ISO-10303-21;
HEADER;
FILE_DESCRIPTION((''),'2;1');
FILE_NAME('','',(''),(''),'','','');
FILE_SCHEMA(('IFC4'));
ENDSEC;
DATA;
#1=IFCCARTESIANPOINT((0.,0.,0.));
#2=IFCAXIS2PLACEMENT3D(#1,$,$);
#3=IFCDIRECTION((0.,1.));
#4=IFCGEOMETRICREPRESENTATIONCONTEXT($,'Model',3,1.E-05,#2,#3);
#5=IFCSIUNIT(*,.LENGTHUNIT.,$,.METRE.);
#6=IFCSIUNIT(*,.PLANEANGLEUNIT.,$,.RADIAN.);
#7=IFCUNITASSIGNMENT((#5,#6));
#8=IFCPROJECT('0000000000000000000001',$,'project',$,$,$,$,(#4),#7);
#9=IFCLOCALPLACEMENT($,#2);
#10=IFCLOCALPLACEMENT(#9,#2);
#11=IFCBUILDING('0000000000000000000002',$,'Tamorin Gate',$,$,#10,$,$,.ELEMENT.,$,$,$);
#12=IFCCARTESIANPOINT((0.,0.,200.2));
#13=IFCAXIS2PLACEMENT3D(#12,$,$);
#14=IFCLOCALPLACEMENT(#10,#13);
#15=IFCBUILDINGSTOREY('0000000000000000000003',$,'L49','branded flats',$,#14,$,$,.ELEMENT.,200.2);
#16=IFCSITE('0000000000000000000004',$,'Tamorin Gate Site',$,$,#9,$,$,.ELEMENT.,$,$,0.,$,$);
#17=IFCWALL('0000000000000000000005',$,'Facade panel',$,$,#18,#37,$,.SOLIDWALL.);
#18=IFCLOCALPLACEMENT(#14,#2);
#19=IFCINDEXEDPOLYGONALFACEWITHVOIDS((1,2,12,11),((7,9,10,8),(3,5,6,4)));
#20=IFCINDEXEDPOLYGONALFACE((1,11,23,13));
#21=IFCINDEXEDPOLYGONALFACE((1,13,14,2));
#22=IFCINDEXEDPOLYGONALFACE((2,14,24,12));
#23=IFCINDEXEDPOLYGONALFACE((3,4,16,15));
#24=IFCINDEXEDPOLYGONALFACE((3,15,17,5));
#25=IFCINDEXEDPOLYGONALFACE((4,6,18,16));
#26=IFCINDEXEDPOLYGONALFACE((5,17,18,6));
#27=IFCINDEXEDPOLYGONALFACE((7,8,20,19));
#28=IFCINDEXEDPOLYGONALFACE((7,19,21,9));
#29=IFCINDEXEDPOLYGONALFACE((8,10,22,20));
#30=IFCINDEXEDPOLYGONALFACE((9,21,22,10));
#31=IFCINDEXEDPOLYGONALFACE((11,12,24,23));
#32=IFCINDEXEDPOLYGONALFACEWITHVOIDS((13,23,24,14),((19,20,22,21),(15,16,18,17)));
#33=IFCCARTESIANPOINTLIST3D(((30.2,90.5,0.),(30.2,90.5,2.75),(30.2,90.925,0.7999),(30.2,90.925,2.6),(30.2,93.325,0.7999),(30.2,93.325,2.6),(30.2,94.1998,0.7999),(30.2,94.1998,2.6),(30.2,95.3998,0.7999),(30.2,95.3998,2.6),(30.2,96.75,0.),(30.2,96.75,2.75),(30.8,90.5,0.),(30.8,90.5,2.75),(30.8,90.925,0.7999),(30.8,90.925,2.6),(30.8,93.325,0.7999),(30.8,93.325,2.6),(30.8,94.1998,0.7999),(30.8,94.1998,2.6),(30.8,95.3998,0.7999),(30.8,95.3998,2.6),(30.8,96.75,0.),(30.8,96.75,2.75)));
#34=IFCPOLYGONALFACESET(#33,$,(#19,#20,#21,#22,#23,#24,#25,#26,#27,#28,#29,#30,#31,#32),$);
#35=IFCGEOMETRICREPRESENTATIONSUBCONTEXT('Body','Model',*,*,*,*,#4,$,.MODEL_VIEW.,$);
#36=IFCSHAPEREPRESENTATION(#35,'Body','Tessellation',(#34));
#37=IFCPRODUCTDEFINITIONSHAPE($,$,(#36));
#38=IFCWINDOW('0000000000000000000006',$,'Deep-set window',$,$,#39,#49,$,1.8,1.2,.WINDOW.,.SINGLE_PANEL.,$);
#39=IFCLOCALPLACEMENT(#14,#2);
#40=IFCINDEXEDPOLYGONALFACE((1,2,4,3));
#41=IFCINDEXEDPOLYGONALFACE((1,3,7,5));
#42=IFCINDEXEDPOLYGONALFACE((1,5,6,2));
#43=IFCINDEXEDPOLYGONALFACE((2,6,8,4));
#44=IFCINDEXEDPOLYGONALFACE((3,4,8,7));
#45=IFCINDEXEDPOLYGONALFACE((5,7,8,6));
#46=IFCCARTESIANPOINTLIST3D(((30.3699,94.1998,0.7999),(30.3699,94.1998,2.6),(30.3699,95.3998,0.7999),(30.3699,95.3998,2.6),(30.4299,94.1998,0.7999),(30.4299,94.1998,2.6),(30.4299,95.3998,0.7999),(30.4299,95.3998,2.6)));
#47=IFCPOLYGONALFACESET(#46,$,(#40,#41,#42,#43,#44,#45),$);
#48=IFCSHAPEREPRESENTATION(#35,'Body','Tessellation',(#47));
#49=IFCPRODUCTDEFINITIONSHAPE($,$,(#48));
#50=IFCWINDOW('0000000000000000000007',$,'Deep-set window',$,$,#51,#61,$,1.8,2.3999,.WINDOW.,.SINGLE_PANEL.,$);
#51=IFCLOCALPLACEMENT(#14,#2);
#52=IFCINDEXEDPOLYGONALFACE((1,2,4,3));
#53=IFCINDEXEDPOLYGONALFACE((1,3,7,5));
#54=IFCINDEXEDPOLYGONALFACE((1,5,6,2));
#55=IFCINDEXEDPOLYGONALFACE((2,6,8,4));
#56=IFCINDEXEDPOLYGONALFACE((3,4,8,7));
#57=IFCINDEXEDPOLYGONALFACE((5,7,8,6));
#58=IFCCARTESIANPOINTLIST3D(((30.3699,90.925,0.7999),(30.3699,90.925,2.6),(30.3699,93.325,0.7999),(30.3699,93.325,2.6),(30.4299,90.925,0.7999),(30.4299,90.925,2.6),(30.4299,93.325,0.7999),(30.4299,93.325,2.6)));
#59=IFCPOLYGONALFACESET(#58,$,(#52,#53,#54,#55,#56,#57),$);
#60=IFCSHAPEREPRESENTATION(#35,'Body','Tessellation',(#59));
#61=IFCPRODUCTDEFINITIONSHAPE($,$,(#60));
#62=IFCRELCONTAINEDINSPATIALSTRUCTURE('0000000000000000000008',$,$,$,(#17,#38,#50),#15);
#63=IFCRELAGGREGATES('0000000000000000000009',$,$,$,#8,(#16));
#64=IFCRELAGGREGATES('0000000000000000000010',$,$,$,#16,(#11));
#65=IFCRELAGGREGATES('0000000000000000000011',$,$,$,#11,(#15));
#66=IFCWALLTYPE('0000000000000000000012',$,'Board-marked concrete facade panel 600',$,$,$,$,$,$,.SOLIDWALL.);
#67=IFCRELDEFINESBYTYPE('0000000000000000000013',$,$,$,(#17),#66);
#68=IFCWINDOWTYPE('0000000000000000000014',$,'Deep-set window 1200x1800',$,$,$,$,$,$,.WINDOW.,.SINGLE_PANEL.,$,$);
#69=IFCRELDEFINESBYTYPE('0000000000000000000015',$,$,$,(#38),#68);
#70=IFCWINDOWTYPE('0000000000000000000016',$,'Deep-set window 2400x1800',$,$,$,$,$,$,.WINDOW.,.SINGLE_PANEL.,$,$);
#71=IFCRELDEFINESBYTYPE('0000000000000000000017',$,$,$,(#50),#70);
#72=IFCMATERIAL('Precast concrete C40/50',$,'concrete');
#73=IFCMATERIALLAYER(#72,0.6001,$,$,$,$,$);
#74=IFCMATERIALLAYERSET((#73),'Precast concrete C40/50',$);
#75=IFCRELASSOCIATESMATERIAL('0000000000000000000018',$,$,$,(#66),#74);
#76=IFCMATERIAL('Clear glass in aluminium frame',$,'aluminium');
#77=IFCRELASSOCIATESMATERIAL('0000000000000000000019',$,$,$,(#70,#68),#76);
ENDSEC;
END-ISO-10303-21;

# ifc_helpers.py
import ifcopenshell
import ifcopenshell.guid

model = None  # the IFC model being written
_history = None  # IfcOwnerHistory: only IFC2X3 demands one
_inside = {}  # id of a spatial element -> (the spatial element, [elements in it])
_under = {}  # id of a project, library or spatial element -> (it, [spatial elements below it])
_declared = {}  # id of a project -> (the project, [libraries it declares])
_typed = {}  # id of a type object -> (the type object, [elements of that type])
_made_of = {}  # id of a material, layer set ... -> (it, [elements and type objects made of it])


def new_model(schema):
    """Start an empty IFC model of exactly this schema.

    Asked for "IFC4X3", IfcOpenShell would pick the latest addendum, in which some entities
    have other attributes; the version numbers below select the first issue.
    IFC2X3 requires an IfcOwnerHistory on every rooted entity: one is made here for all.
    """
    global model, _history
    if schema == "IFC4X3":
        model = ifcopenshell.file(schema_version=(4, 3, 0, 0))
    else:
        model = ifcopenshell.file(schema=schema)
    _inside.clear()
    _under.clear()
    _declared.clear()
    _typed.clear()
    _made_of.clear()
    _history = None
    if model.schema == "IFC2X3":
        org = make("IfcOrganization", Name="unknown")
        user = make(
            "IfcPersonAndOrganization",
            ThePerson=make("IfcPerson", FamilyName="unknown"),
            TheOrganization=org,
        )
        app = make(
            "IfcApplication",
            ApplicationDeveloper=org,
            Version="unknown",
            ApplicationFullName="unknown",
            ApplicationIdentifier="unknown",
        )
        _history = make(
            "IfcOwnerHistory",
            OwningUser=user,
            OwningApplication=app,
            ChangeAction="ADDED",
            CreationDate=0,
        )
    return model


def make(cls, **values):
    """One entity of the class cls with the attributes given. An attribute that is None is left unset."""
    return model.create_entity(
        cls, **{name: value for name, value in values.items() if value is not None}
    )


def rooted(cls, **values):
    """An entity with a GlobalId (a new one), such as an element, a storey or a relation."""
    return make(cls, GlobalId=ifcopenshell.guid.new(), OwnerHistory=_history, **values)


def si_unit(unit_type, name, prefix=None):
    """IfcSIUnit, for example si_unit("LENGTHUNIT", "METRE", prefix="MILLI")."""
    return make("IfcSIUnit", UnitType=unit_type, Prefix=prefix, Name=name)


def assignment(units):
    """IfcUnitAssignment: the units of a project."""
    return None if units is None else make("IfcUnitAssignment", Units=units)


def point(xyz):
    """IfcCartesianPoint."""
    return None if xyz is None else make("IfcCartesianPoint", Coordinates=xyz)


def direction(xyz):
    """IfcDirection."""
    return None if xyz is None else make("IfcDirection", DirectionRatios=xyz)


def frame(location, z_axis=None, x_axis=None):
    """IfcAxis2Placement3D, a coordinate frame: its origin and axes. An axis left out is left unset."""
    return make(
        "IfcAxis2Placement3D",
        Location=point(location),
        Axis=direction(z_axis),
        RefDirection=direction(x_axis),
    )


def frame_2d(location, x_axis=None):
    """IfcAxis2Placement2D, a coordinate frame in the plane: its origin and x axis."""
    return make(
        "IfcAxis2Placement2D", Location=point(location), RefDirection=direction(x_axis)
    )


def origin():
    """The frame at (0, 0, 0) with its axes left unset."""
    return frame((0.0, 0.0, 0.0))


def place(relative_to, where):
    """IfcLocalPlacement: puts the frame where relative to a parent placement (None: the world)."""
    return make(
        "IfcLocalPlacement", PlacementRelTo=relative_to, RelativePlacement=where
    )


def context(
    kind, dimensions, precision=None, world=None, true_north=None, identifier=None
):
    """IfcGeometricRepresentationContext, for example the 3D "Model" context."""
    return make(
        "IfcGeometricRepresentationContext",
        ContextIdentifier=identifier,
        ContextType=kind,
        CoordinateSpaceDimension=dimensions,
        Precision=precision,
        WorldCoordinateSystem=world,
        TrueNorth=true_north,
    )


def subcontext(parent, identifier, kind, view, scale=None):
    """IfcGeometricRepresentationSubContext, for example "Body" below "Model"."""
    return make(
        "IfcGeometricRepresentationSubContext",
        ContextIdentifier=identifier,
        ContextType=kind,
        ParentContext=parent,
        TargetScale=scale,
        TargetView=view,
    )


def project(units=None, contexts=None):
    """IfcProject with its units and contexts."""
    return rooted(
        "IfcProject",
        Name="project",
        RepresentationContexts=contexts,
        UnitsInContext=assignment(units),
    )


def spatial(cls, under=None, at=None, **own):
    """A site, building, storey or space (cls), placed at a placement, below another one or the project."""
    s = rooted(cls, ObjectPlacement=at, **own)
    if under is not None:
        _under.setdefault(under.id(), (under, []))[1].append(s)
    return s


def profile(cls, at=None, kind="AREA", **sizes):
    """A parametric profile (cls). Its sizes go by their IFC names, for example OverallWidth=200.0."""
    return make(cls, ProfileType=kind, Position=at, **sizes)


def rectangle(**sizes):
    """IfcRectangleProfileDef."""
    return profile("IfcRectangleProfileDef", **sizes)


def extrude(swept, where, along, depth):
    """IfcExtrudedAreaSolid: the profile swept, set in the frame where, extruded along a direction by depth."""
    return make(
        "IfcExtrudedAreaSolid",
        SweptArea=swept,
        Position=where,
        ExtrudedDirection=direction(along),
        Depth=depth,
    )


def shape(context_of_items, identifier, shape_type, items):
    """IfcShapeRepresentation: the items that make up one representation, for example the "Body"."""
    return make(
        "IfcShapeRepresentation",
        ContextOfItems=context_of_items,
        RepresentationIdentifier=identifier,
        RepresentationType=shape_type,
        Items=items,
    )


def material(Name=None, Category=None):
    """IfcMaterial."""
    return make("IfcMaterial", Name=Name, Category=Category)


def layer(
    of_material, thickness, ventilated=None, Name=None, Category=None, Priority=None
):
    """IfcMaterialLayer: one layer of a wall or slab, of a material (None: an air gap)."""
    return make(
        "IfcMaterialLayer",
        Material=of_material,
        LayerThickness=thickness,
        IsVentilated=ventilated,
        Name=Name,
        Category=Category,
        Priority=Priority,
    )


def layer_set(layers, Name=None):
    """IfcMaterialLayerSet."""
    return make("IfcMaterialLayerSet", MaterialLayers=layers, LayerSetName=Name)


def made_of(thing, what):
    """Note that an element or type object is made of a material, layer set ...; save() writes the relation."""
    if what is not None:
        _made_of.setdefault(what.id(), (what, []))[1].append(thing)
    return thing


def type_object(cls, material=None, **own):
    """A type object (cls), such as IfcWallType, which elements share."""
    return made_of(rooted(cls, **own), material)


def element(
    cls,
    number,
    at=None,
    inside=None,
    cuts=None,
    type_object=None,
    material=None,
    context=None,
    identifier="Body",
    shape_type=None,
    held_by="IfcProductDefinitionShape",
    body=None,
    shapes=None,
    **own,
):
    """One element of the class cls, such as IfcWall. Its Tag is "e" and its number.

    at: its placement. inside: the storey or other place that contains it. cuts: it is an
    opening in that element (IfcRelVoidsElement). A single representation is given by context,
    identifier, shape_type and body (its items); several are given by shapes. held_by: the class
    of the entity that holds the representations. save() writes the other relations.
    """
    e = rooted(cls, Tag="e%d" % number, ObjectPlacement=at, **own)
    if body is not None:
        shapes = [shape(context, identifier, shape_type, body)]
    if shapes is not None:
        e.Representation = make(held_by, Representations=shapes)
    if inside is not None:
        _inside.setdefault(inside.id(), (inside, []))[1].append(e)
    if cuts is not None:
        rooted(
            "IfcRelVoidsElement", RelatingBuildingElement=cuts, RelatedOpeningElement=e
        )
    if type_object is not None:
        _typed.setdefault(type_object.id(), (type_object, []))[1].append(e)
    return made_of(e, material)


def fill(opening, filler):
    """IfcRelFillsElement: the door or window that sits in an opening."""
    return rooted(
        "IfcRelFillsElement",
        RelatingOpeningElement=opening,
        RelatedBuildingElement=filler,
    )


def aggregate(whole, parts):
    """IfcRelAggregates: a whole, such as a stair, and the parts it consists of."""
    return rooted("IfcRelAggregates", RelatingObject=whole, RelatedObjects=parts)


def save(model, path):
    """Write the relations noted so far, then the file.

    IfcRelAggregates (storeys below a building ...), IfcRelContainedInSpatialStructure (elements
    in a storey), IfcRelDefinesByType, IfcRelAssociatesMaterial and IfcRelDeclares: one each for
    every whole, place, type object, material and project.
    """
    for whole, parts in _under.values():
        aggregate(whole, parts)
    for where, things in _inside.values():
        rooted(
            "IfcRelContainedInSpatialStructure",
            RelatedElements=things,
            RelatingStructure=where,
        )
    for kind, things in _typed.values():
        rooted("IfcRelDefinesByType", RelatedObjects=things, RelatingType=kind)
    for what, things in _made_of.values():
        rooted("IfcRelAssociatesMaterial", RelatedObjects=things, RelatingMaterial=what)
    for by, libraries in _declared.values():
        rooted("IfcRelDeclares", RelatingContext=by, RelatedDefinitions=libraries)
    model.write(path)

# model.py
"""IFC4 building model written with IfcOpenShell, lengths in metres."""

from ifc_helpers import new_model, si_unit, direction, frame, frame_2d, origin, place, context, subcontext, project, spatial, rectangle, extrude, material, layer, layer_set, type_object, element, fill, save


model = new_model("IFC4")

# Units and contexts
model_context = context("Model", 3, precision=1e-05, world=origin(), true_north=direction((0.0, 1.0)))
body_context = subcontext(model_context, "Body", "Model", "MODEL_VIEW")
ifc_project = project(units=[si_unit("LENGTHUNIT", "METRE"), si_unit("PLANEANGLEUNIT", "RADIAN")], contexts=[model_context])

# Site, building, storey
site_placement = place(None, origin())
site = spatial("IfcSite", under=ifc_project, at=site_placement, Name="Tamorin Gate Site", CompositionType="ELEMENT", RefElevation=0.0)
building_placement = place(site_placement, origin())
building = spatial("IfcBuilding", under=site, at=building_placement, Name="Tamorin Gate", CompositionType="ELEMENT")
storey_placement = place(building_placement, frame((0.0, 0.0, 200.2)))
storey = spatial("IfcBuildingStorey", under=building, at=storey_placement, Name="L49", Description="branded flats", CompositionType="ELEMENT", Elevation=200.2)

# Shared definitions
ifc_material_1 = material(Name="Precast concrete C40/50", Category="concrete")
ifc_layer = layer(ifc_material_1, 0.6001)
ifc_layer_set = layer_set([ifc_layer], Name="Precast concrete C40/50")
wall_type = type_object("IfcWallType", Name="Board-marked concrete facade panel 600", PredefinedType="SOLIDWALL", material=ifc_layer_set)

# Shared definitions
ifc_material_2 = material(Name="Clear glass in aluminium frame", Category="aluminium")
window_type_1 = type_object("IfcWindowType", Name="Deep-set window 2400x1800", PartitioningType="SINGLE_PANEL", PredefinedType="WINDOW", material=ifc_material_2)

# Wall, openings, windows
wall_1_placement = place(storey_placement, frame((30.5, 96.75, 0.0), z_axis=(0.0, 0.0, 1.0), x_axis=(0.0, -1.0, 0.0)))
wall_1 = element("IfcWall", 1, at=wall_1_placement, inside=storey, type_object=wall_type, Name="Facade panel", PredefinedType="SOLIDWALL", context=body_context, shape_type="SweptSolid", body=[
    extrude(rectangle(XDim=6.25, YDim=0.6001, at=frame_2d((3.125, 0.0))), origin(), (0.0, 0.0, 1.0), 2.75),
])
opening_1_placement = place(wall_1_placement, frame((3.425, 0.0, 0.8)))
opening_1 = element("IfcOpeningElement", 2, at=opening_1_placement, cuts=wall_1, PredefinedType="OPENING", context=body_context, shape_type="SweptSolid", body=[
    extrude(rectangle(XDim=2.3999, YDim=1.8, at=frame_2d((1.2, 0.8999))), frame((0.0, 0.3101, 0.0), z_axis=(0.0, -1.0, 0.0), x_axis=(1.0, 0.0, 0.0)), (0.0, 0.0, 1.0), 0.6201),
])
opening_2_placement = place(wall_1_placement, frame((1.3501, 0.0, 0.8)))
opening_2 = element("IfcOpeningElement", 3, at=opening_2_placement, cuts=wall_1, PredefinedType="OPENING", context=body_context, shape_type="SweptSolid", body=[
    extrude(rectangle(XDim=1.2, YDim=1.8, at=frame_2d((0.6001, 0.8999))), frame((0.0, 0.3101, 0.0), z_axis=(0.0, -1.0, 0.0), x_axis=(1.0, 0.0, 0.0)), (0.0, 0.0, 1.0), 0.6201),
])
window_type_2 = type_object("IfcWindowType", Name="Deep-set window 1200x1800", PartitioningType="SINGLE_PANEL", PredefinedType="WINDOW", material=ifc_material_2)
window_1_placement = place(opening_2_placement, origin())
window_1 = element("IfcWindow", 4, at=window_1_placement, inside=storey, type_object=window_type_2, Name="Deep-set window", OverallHeight=1.8, OverallWidth=1.2, PartitioningType="SINGLE_PANEL", PredefinedType="WINDOW", context=body_context, shape_type="SweptSolid", body=[
    extrude(rectangle(XDim=1.2, YDim=1.8, at=frame_2d((0.6001, 0.8999))), frame((0.0, -0.0701, 0.0), z_axis=(0.0, -1.0, 0.0), x_axis=(1.0, 0.0, 0.0)), (0.0, 0.0, 1.0), 0.0601),
])
fill(opening_2, window_1)
window_2_placement = place(opening_1_placement, origin())
window_2 = element("IfcWindow", 5, at=window_2_placement, inside=storey, type_object=window_type_1, Name="Deep-set window", OverallHeight=1.8, OverallWidth=2.3999, PartitioningType="SINGLE_PANEL", PredefinedType="WINDOW", context=body_context, shape_type="SweptSolid", body=[
    extrude(rectangle(XDim=2.3999, YDim=1.8, at=frame_2d((1.2, 0.8999))), frame((0.0, -0.0701, 0.0), z_axis=(0.0, -1.0, 0.0), x_axis=(1.0, 0.0, 0.0)), (0.0, 0.0, 1.0), 0.0601),
])
fill(opening_1, window_2)

save(model, "model.ifc")
